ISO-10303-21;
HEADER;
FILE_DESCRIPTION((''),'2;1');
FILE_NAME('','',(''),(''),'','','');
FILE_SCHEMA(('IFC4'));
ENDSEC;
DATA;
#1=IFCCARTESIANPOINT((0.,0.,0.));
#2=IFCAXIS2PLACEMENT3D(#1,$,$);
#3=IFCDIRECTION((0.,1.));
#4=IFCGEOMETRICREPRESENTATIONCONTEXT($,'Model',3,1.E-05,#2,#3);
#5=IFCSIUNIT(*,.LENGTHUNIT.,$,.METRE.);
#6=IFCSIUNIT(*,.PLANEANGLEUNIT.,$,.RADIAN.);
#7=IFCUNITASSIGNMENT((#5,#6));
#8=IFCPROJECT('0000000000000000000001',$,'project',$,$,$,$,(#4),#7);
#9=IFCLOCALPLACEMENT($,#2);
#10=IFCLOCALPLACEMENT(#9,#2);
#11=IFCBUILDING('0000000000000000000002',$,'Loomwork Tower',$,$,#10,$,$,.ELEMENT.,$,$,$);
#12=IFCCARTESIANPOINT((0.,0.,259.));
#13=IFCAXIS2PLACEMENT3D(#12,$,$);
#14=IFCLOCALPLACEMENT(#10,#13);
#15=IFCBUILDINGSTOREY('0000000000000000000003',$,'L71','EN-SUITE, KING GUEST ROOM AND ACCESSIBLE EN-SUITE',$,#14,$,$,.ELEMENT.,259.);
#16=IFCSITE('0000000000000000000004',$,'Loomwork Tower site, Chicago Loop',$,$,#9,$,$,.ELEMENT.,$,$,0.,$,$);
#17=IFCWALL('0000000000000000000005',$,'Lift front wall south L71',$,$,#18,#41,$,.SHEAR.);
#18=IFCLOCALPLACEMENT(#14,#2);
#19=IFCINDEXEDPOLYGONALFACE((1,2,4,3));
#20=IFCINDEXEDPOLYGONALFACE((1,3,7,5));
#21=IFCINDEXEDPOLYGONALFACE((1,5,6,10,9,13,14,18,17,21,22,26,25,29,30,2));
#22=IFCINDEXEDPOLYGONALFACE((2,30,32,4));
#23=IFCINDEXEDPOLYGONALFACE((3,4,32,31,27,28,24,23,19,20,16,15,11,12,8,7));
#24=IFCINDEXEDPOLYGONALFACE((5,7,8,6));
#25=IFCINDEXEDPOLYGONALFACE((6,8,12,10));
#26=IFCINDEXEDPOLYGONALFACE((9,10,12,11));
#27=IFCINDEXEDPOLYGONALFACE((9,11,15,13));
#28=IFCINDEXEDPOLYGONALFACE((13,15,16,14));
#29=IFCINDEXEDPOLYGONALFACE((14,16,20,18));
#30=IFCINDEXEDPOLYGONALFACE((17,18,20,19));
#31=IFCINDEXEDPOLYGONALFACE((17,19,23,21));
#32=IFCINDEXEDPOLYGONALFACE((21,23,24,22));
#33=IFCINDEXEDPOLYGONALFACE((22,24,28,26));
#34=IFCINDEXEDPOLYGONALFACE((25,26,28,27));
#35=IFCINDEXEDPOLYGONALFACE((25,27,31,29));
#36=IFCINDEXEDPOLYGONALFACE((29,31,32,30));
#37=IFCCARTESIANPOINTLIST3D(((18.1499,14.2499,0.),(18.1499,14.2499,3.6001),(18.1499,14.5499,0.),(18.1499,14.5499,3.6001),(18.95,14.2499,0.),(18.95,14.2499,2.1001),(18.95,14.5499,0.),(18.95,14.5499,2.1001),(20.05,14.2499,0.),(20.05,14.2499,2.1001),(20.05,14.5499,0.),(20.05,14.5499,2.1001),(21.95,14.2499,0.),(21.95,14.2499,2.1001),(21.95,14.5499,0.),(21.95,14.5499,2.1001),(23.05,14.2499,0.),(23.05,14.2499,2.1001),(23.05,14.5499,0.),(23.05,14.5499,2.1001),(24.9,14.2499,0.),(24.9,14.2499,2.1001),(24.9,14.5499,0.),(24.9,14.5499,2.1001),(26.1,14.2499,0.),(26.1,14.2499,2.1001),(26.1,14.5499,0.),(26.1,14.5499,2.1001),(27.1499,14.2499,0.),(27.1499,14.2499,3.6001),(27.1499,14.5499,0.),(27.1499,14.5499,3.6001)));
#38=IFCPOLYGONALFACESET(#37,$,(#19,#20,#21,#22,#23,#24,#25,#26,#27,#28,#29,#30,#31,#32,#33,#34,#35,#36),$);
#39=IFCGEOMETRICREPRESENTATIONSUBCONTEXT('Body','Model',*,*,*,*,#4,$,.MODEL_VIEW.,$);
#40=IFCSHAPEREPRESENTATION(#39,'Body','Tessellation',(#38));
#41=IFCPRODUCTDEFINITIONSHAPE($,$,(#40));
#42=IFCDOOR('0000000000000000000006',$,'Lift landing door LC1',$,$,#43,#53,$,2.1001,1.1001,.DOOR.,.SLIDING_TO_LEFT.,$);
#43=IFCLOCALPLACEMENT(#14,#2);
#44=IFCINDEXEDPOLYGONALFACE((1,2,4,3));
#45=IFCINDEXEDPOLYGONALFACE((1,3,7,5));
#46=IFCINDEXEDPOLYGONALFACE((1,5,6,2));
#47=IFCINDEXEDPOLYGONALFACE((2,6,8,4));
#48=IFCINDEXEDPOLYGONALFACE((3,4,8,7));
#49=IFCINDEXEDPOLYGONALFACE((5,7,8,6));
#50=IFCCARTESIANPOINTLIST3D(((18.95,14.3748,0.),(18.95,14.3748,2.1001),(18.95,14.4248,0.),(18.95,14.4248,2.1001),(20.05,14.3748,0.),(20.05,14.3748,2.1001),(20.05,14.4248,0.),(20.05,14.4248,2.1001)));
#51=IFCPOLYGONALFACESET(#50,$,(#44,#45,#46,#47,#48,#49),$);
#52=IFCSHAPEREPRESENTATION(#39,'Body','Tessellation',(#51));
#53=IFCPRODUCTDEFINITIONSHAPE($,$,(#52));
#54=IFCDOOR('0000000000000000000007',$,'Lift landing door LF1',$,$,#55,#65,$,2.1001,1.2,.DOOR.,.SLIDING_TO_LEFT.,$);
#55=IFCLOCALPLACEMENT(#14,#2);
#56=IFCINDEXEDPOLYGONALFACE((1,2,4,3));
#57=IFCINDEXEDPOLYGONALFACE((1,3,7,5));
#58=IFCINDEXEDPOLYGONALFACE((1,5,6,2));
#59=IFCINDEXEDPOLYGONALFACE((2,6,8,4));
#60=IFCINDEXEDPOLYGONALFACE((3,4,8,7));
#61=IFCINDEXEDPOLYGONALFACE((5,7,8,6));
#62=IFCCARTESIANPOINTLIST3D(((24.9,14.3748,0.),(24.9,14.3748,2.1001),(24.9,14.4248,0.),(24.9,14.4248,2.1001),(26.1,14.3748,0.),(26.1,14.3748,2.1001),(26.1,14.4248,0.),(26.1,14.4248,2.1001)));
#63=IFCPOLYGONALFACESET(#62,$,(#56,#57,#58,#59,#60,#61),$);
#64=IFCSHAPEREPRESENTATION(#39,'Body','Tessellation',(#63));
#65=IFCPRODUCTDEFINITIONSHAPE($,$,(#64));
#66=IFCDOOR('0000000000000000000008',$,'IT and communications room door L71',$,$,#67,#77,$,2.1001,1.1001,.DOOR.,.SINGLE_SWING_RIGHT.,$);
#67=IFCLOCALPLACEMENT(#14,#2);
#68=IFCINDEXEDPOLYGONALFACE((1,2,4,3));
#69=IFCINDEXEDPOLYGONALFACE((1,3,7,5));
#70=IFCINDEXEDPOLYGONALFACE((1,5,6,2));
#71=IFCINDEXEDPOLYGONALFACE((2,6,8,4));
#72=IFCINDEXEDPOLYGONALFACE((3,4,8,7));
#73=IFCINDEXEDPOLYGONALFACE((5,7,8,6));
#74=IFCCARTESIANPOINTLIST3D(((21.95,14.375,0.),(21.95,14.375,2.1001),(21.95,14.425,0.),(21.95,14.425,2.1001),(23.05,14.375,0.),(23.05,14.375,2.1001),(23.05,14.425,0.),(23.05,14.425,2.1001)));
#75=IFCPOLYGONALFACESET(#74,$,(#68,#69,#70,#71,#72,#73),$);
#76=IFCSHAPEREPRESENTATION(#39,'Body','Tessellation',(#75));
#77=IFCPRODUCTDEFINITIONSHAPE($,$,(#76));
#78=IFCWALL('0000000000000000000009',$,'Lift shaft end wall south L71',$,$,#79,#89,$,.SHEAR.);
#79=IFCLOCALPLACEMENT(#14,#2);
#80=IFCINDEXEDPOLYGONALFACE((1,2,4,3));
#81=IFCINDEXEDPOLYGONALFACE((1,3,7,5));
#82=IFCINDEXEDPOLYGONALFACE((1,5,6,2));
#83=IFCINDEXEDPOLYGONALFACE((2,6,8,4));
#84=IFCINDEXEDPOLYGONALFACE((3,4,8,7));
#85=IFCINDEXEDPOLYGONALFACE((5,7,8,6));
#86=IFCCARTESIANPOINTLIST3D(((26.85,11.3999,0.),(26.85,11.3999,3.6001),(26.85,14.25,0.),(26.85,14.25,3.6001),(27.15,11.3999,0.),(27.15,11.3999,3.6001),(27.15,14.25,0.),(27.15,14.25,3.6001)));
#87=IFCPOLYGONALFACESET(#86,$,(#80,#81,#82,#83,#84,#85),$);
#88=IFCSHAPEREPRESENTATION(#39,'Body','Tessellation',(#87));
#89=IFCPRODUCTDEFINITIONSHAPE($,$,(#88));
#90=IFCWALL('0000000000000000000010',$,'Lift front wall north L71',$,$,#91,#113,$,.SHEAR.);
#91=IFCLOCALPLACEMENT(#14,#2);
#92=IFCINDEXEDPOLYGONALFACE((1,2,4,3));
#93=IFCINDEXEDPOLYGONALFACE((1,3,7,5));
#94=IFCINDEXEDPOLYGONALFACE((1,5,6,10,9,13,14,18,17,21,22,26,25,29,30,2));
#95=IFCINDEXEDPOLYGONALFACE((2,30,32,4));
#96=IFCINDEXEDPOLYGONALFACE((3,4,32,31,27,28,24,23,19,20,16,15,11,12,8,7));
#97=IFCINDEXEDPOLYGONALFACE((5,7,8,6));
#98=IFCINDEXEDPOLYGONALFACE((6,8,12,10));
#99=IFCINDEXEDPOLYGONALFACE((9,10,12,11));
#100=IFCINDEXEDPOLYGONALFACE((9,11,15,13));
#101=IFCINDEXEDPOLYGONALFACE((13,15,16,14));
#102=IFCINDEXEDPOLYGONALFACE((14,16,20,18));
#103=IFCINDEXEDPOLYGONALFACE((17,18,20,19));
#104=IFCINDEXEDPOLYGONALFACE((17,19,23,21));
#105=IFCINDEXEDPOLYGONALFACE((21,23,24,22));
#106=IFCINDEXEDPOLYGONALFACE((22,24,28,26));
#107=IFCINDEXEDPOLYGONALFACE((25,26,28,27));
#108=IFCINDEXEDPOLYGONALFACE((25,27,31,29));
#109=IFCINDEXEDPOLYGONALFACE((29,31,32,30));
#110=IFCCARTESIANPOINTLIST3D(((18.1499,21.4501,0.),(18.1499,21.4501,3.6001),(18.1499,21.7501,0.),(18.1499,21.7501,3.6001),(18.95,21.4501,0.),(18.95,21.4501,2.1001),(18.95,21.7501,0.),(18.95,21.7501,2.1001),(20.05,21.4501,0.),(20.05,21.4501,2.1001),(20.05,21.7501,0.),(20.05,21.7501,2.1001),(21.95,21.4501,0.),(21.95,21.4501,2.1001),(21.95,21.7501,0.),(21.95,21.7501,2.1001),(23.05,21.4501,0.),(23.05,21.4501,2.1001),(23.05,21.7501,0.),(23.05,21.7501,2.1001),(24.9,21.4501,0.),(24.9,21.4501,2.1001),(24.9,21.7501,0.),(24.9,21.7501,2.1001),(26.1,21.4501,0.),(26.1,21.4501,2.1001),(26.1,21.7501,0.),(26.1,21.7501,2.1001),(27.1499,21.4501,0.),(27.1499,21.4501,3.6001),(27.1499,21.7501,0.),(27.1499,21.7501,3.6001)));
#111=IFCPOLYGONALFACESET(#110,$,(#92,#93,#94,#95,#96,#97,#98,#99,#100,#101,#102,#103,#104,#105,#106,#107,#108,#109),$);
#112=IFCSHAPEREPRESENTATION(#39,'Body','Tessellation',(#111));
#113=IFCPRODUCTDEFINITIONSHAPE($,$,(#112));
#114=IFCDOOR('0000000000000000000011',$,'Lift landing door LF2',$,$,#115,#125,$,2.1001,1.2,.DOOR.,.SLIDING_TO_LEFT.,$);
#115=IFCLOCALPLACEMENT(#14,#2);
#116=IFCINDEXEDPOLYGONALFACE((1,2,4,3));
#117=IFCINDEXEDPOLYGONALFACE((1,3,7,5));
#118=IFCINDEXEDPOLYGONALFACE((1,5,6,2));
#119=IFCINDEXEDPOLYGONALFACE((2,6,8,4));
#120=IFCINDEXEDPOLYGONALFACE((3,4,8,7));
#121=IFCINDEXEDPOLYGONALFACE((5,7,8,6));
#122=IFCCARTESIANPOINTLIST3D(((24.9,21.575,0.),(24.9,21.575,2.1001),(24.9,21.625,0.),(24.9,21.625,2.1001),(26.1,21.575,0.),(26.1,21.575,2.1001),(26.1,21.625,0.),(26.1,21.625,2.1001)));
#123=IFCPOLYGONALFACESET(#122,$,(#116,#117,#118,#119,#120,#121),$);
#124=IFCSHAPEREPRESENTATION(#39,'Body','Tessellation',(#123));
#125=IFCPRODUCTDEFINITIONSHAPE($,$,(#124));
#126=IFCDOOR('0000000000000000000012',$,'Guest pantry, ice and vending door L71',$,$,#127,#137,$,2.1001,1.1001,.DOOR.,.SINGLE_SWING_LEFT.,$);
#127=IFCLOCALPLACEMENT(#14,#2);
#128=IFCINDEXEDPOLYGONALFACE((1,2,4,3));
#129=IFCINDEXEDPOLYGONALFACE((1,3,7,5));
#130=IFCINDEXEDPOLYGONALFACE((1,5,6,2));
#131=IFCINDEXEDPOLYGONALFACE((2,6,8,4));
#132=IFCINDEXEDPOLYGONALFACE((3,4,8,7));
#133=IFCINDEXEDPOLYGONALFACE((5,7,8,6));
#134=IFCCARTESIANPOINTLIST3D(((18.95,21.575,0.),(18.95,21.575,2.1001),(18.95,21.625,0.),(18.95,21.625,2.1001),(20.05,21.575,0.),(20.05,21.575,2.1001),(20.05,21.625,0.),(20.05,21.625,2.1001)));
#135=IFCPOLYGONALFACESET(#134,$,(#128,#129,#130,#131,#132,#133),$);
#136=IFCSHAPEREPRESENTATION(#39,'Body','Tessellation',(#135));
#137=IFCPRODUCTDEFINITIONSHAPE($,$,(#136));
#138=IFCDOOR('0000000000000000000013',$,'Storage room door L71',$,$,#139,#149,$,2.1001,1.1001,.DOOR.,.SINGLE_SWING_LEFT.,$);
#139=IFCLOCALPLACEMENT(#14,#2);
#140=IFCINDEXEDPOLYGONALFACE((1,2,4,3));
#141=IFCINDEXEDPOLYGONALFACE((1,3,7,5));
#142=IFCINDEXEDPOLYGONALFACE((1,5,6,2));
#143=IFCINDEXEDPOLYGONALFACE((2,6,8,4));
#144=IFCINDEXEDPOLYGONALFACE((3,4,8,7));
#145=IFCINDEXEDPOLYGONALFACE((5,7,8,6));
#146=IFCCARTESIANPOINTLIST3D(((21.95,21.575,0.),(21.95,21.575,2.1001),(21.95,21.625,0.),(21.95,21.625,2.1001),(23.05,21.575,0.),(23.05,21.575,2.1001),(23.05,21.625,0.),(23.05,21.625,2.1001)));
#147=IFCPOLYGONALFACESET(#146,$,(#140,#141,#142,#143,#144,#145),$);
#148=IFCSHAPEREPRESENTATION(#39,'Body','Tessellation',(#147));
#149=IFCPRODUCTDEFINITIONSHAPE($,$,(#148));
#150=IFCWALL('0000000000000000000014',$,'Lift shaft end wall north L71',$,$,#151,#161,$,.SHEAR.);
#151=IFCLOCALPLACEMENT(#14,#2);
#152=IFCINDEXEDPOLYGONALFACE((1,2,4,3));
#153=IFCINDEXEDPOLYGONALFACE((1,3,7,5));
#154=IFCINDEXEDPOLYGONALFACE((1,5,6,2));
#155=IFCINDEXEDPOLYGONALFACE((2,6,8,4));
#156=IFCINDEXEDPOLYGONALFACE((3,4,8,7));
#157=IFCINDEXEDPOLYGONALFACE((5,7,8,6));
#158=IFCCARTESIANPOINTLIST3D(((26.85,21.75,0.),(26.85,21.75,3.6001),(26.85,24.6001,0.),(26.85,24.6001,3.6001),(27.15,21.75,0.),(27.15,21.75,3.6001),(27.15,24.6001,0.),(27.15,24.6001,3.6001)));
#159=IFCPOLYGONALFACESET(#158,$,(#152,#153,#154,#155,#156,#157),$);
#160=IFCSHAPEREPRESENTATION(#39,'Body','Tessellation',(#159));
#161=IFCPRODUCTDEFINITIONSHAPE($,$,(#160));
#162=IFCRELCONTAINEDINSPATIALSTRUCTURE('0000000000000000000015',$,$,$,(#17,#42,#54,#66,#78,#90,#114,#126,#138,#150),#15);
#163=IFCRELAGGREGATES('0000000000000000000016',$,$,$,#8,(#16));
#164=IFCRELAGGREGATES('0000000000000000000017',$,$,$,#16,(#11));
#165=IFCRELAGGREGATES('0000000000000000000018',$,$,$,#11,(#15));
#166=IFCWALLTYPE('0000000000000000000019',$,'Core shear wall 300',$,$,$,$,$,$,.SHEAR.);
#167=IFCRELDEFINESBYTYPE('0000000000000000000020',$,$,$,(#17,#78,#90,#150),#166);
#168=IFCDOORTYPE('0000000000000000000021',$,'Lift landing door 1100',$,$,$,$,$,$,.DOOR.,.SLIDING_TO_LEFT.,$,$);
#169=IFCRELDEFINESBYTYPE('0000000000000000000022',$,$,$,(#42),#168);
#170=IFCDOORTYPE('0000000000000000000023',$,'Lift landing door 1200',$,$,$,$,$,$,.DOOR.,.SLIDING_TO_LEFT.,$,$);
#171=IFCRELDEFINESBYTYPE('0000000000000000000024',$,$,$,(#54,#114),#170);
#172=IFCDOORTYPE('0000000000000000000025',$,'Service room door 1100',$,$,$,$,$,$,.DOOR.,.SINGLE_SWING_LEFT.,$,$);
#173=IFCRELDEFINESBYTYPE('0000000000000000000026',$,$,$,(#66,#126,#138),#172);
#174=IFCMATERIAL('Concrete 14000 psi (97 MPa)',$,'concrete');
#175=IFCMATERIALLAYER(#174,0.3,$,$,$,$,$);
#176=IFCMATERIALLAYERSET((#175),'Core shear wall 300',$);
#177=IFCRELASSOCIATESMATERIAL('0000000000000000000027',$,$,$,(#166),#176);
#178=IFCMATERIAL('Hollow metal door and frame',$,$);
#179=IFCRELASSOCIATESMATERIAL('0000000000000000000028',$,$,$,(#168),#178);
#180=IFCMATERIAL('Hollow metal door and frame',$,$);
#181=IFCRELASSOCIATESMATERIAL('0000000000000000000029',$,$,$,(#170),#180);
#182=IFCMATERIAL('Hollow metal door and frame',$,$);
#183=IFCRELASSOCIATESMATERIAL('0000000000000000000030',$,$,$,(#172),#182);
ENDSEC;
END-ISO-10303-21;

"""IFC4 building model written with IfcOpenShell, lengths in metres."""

from ifc_helpers import new_model, si_unit, direction, frame, frame_2d, origin, place, context, subcontext, project, spatial, rectangle, extrude, material, layer, layer_set, type_object, element, fill, save


model = new_model("IFC4")

# Units and contexts
model_context = context("Model", 3, precision=1e-05, world=origin(), true_north=direction((0.0, 1.0)))
body_context = subcontext(model_context, "Body", "Model", "MODEL_VIEW")
ifc_project = project(units=[si_unit("LENGTHUNIT", "METRE"), si_unit("PLANEANGLEUNIT", "RADIAN")], contexts=[model_context])

# Site, building, storey
site_placement = place(None, origin())
site = spatial("IfcSite", under=ifc_project, at=site_placement, Name="Loomwork Tower site, Chicago Loop", CompositionType="ELEMENT", RefElevation=0.0)
building_placement = place(site_placement, origin())
building = spatial("IfcBuilding", under=site, at=building_placement, Name="Loomwork Tower", CompositionType="ELEMENT")
storey_placement = place(building_placement, frame((0.0, 0.0, 259.0)))
storey = spatial("IfcBuildingStorey", under=building, at=storey_placement, Name="L71", Description="EN-SUITE, KING GUEST ROOM AND ACCESSIBLE EN-SUITE", CompositionType="ELEMENT", Elevation=259.0)

# Shared definitions
ifc_material_1 = material(Name="Concrete 14000 psi (97 MPa)", Category="concrete")
ifc_layer_1 = layer(ifc_material_1, 0.3)
ifc_layer_set_1 = layer_set([ifc_layer_1], Name="Core shear wall 300")
wall_type_1 = type_object("IfcWallType", Name="Core shear wall 300", PredefinedType="SHEAR", material=ifc_layer_set_1)

# Wall, openings, doors
ifc_material_2 = material(Name="Hollow metal door and frame")
door_type_1 = type_object("IfcDoorType", Name="Lift landing door 1100", OperationType="SLIDING_TO_LEFT", PredefinedType="DOOR", material=ifc_material_2)
wall_1_placement = place(storey_placement, frame((18.1499, 14.3999, 0.0), z_axis=(0.0, 0.0, 1.0), x_axis=(1.0, 0.0, 0.0)))
wall_1 = element("IfcWall", 1, at=wall_1_placement, inside=storey, type_object=wall_type_1, Name="Lift front wall south L71", PredefinedType="SHEAR", context=body_context, shape_type="SweptSolid", body=[
    extrude(rectangle(XDim=9.0, YDim=0.3, at=frame_2d((4.5, 0.0))), origin(), (0.0, 0.0, 1.0), 3.6001),
])
opening_1_placement = place(wall_1_placement, frame((0.8, 0.0, 0.0)))
opening_1 = element("IfcOpeningElement", 2, at=opening_1_placement, cuts=wall_1, PredefinedType="OPENING", context=body_context, shape_type="SweptSolid", body=[
    extrude(rectangle(XDim=1.1001, YDim=2.1001, at=frame_2d((0.55, 1.05))), frame((0.0, 0.1599, 0.0), z_axis=(0.0, -1.0, 0.0), x_axis=(1.0, 0.0, 0.0)), (0.0, 0.0, 1.0), 0.3201),
])
opening_2_placement = place(wall_1_placement, frame((6.75, 0.0, 0.0)))
opening_2 = element("IfcOpeningElement", 3, at=opening_2_placement, cuts=wall_1, PredefinedType="OPENING", context=body_context, shape_type="SweptSolid", body=[
    extrude(rectangle(XDim=1.2, YDim=2.1001, at=frame_2d((0.6001, 1.05))), frame((0.0, 0.1599, 0.0), z_axis=(0.0, -1.0, 0.0), x_axis=(1.0, 0.0, 0.0)), (0.0, 0.0, 1.0), 0.3201),
])
opening_3_placement = place(wall_1_placement, frame((3.8, 0.0, 0.0)))
opening_3 = element("IfcOpeningElement", 4, at=opening_3_placement, cuts=wall_1, PredefinedType="OPENING", context=body_context, shape_type="SweptSolid", body=[
    extrude(rectangle(XDim=1.1001, YDim=2.1001, at=frame_2d((0.55, 1.05))), frame((0.0, 0.1599, 0.0), z_axis=(0.0, -1.0, 0.0), x_axis=(1.0, 0.0, 0.0)), (0.0, 0.0, 1.0), 0.3201),
])
door_1_placement = place(opening_1_placement, origin())
door_1 = element("IfcDoor", 5, at=door_1_placement, inside=storey, type_object=door_type_1, Name="Lift landing door LC1", OperationType="SLIDING_TO_LEFT", OverallHeight=2.1001, OverallWidth=1.1001, PredefinedType="DOOR", context=body_context, shape_type="SweptSolid", body=[
    extrude(rectangle(XDim=1.1001, YDim=2.1001, at=frame_2d((0.55, 1.05))), frame((0.0, 0.0249, 0.0), z_axis=(0.0, -1.0, 0.0), x_axis=(1.0, 0.0, 0.0)), (0.0, 0.0, 1.0), 0.05),
])
fill(opening_1, door_1)
ifc_material_3 = material(Name="Hollow metal door and frame")
door_type_2 = type_object("IfcDoorType", Name="Lift landing door 1200", OperationType="SLIDING_TO_LEFT", PredefinedType="DOOR", material=ifc_material_3)
door_2_placement = place(opening_2_placement, origin())
door_2 = element("IfcDoor", 6, at=door_2_placement, inside=storey, type_object=door_type_2, Name="Lift landing door LF1", OperationType="SLIDING_TO_LEFT", OverallHeight=2.1001, OverallWidth=1.2, PredefinedType="DOOR", context=body_context, shape_type="SweptSolid", body=[
    extrude(rectangle(XDim=1.2, YDim=2.1001, at=frame_2d((0.6001, 1.05))), frame((0.0, 0.0249, 0.0), z_axis=(0.0, -1.0, 0.0), x_axis=(1.0, 0.0, 0.0)), (0.0, 0.0, 1.0), 0.05),
])
fill(opening_2, door_2)
ifc_material_4 = material(Name="Hollow metal door and frame")
door_type_3 = type_object("IfcDoorType", Name="Service room door 1100", OperationType="SINGLE_SWING_LEFT", PredefinedType="DOOR", material=ifc_material_4)
door_3_placement = place(opening_3_placement, frame((1.1001, 0.0, 0.0), z_axis=(0.0, 0.0, 1.0), x_axis=(-1.0, 0.0, 0.0)))
door_3 = element("IfcDoor", 7, at=door_3_placement, inside=storey, type_object=door_type_3, Name="IT and communications room door L71", OperationType="SINGLE_SWING_RIGHT", OverallHeight=2.1001, OverallWidth=1.1001, PredefinedType="DOOR", context=body_context, shape_type="SweptSolid", body=[
    extrude(rectangle(XDim=1.1001, YDim=2.1001, at=frame_2d((0.55, 1.05))), frame((0.0, 0.0249, 0.0), z_axis=(0.0, -1.0, 0.0), x_axis=(1.0, 0.0, 0.0)), (0.0, 0.0, 1.0), 0.05),
])
fill(opening_3, door_3)

# Wall
wall_2_placement = place(storey_placement, frame((27.0, 11.3999, 0.0), z_axis=(0.0, 0.0, 1.0), x_axis=(0.0, 1.0, 0.0)))
element("IfcWall", 8, at=wall_2_placement, inside=storey, type_object=wall_type_1, Name="Lift shaft end wall south L71", PredefinedType="SHEAR", context=body_context, shape_type="SweptSolid", body=[
    extrude(rectangle(XDim=2.8501, YDim=0.3, at=frame_2d((1.425, 0.0))), origin(), (0.0, 0.0, 1.0), 3.6001),
])

# Wall, openings, doors
wall_3_placement = place(storey_placement, frame((18.1499, 21.6001, 0.0), z_axis=(0.0, 0.0, 1.0), x_axis=(1.0, 0.0, 0.0)))
wall_3 = element("IfcWall", 9, at=wall_3_placement, inside=storey, type_object=wall_type_1, Name="Lift front wall north L71", PredefinedType="SHEAR", context=body_context, shape_type="SweptSolid", body=[
    extrude(rectangle(XDim=9.0, YDim=0.3, at=frame_2d((4.5, 0.0))), origin(), (0.0, 0.0, 1.0), 3.6001),
])
opening_4_placement = place(wall_3_placement, frame((6.75, 0.0, 0.0)))
opening_4 = element("IfcOpeningElement", 10, at=opening_4_placement, cuts=wall_3, PredefinedType="OPENING", context=body_context, shape_type="SweptSolid", body=[
    extrude(rectangle(XDim=1.2, YDim=2.1001, at=frame_2d((0.6001, 1.05))), frame((0.0, 0.1599, 0.0), z_axis=(0.0, -1.0, 0.0), x_axis=(1.0, 0.0, 0.0)), (0.0, 0.0, 1.0), 0.3201),
])
opening_5_placement = place(wall_3_placement, frame((0.8, 0.0, 0.0)))
opening_5 = element("IfcOpeningElement", 11, at=opening_5_placement, cuts=wall_3, PredefinedType="OPENING", context=body_context, shape_type="SweptSolid", body=[
    extrude(rectangle(XDim=1.1001, YDim=2.1001, at=frame_2d((0.55, 1.05))), frame((0.0, 0.1599, 0.0), z_axis=(0.0, -1.0, 0.0), x_axis=(1.0, 0.0, 0.0)), (0.0, 0.0, 1.0), 0.3201),
])
opening_6_placement = place(wall_3_placement, frame((3.8, 0.0, 0.0)))
opening_6 = element("IfcOpeningElement", 12, at=opening_6_placement, cuts=wall_3, PredefinedType="OPENING", context=body_context, shape_type="SweptSolid", body=[
    extrude(rectangle(XDim=1.1001, YDim=2.1001, at=frame_2d((0.55, 1.05))), frame((0.0, 0.1599, 0.0), z_axis=(0.0, -1.0, 0.0), x_axis=(1.0, 0.0, 0.0)), (0.0, 0.0, 1.0), 0.3201),
])
door_4_placement = place(opening_4_placement, origin())
door_4 = element("IfcDoor", 13, at=door_4_placement, inside=storey, type_object=door_type_2, Name="Lift landing door LF2", OperationType="SLIDING_TO_LEFT", OverallHeight=2.1001, OverallWidth=1.2, PredefinedType="DOOR", context=body_context, shape_type="SweptSolid", body=[
    extrude(rectangle(XDim=1.2, YDim=2.1001, at=frame_2d((0.6001, 1.05))), frame((0.0, 0.0249, 0.0), z_axis=(0.0, -1.0, 0.0), x_axis=(1.0, 0.0, 0.0)), (0.0, 0.0, 1.0), 0.05),
])
fill(opening_4, door_4)
door_5_placement = place(opening_5_placement, origin())
door_5 = element("IfcDoor", 14, at=door_5_placement, inside=storey, type_object=door_type_3, Name="Guest pantry, ice and vending door L71", OperationType="SINGLE_SWING_LEFT", OverallHeight=2.1001, OverallWidth=1.1001, PredefinedType="DOOR", context=body_context, shape_type="SweptSolid", body=[
    extrude(rectangle(XDim=1.1001, YDim=2.1001, at=frame_2d((0.55, 1.05))), frame((0.0, 0.0249, 0.0), z_axis=(0.0, -1.0, 0.0), x_axis=(1.0, 0.0, 0.0)), (0.0, 0.0, 1.0), 0.05),
])
fill(opening_5, door_5)
door_6_placement = place(opening_6_placement, origin())
door_6 = element("IfcDoor", 15, at=door_6_placement, inside=storey, type_object=door_type_3, Name="Storage room door L71", OperationType="SINGLE_SWING_LEFT", OverallHeight=2.1001, OverallWidth=1.1001, PredefinedType="DOOR", context=body_context, shape_type="SweptSolid", body=[
    extrude(rectangle(XDim=1.1001, YDim=2.1001, at=frame_2d((0.55, 1.05))), frame((0.0, 0.0249, 0.0), z_axis=(0.0, -1.0, 0.0), x_axis=(1.0, 0.0, 0.0)), (0.0, 0.0, 1.0), 0.05),
])
fill(opening_6, door_6)

# Wall
wall_4_placement = place(storey_placement, frame((27.0, 21.75, 0.0), z_axis=(0.0, 0.0, 1.0), x_axis=(0.0, 1.0, 0.0)))
element("IfcWall", 16, at=wall_4_placement, inside=storey, type_object=wall_type_1, Name="Lift shaft end wall north L71", PredefinedType="SHEAR", context=body_context, shape_type="SweptSolid", body=[
    extrude(rectangle(XDim=2.8501, YDim=0.3, at=frame_2d((1.425, 0.0))), origin(), (0.0, 0.0, 1.0), 3.6001),
])

save(model, "model.ifc")
